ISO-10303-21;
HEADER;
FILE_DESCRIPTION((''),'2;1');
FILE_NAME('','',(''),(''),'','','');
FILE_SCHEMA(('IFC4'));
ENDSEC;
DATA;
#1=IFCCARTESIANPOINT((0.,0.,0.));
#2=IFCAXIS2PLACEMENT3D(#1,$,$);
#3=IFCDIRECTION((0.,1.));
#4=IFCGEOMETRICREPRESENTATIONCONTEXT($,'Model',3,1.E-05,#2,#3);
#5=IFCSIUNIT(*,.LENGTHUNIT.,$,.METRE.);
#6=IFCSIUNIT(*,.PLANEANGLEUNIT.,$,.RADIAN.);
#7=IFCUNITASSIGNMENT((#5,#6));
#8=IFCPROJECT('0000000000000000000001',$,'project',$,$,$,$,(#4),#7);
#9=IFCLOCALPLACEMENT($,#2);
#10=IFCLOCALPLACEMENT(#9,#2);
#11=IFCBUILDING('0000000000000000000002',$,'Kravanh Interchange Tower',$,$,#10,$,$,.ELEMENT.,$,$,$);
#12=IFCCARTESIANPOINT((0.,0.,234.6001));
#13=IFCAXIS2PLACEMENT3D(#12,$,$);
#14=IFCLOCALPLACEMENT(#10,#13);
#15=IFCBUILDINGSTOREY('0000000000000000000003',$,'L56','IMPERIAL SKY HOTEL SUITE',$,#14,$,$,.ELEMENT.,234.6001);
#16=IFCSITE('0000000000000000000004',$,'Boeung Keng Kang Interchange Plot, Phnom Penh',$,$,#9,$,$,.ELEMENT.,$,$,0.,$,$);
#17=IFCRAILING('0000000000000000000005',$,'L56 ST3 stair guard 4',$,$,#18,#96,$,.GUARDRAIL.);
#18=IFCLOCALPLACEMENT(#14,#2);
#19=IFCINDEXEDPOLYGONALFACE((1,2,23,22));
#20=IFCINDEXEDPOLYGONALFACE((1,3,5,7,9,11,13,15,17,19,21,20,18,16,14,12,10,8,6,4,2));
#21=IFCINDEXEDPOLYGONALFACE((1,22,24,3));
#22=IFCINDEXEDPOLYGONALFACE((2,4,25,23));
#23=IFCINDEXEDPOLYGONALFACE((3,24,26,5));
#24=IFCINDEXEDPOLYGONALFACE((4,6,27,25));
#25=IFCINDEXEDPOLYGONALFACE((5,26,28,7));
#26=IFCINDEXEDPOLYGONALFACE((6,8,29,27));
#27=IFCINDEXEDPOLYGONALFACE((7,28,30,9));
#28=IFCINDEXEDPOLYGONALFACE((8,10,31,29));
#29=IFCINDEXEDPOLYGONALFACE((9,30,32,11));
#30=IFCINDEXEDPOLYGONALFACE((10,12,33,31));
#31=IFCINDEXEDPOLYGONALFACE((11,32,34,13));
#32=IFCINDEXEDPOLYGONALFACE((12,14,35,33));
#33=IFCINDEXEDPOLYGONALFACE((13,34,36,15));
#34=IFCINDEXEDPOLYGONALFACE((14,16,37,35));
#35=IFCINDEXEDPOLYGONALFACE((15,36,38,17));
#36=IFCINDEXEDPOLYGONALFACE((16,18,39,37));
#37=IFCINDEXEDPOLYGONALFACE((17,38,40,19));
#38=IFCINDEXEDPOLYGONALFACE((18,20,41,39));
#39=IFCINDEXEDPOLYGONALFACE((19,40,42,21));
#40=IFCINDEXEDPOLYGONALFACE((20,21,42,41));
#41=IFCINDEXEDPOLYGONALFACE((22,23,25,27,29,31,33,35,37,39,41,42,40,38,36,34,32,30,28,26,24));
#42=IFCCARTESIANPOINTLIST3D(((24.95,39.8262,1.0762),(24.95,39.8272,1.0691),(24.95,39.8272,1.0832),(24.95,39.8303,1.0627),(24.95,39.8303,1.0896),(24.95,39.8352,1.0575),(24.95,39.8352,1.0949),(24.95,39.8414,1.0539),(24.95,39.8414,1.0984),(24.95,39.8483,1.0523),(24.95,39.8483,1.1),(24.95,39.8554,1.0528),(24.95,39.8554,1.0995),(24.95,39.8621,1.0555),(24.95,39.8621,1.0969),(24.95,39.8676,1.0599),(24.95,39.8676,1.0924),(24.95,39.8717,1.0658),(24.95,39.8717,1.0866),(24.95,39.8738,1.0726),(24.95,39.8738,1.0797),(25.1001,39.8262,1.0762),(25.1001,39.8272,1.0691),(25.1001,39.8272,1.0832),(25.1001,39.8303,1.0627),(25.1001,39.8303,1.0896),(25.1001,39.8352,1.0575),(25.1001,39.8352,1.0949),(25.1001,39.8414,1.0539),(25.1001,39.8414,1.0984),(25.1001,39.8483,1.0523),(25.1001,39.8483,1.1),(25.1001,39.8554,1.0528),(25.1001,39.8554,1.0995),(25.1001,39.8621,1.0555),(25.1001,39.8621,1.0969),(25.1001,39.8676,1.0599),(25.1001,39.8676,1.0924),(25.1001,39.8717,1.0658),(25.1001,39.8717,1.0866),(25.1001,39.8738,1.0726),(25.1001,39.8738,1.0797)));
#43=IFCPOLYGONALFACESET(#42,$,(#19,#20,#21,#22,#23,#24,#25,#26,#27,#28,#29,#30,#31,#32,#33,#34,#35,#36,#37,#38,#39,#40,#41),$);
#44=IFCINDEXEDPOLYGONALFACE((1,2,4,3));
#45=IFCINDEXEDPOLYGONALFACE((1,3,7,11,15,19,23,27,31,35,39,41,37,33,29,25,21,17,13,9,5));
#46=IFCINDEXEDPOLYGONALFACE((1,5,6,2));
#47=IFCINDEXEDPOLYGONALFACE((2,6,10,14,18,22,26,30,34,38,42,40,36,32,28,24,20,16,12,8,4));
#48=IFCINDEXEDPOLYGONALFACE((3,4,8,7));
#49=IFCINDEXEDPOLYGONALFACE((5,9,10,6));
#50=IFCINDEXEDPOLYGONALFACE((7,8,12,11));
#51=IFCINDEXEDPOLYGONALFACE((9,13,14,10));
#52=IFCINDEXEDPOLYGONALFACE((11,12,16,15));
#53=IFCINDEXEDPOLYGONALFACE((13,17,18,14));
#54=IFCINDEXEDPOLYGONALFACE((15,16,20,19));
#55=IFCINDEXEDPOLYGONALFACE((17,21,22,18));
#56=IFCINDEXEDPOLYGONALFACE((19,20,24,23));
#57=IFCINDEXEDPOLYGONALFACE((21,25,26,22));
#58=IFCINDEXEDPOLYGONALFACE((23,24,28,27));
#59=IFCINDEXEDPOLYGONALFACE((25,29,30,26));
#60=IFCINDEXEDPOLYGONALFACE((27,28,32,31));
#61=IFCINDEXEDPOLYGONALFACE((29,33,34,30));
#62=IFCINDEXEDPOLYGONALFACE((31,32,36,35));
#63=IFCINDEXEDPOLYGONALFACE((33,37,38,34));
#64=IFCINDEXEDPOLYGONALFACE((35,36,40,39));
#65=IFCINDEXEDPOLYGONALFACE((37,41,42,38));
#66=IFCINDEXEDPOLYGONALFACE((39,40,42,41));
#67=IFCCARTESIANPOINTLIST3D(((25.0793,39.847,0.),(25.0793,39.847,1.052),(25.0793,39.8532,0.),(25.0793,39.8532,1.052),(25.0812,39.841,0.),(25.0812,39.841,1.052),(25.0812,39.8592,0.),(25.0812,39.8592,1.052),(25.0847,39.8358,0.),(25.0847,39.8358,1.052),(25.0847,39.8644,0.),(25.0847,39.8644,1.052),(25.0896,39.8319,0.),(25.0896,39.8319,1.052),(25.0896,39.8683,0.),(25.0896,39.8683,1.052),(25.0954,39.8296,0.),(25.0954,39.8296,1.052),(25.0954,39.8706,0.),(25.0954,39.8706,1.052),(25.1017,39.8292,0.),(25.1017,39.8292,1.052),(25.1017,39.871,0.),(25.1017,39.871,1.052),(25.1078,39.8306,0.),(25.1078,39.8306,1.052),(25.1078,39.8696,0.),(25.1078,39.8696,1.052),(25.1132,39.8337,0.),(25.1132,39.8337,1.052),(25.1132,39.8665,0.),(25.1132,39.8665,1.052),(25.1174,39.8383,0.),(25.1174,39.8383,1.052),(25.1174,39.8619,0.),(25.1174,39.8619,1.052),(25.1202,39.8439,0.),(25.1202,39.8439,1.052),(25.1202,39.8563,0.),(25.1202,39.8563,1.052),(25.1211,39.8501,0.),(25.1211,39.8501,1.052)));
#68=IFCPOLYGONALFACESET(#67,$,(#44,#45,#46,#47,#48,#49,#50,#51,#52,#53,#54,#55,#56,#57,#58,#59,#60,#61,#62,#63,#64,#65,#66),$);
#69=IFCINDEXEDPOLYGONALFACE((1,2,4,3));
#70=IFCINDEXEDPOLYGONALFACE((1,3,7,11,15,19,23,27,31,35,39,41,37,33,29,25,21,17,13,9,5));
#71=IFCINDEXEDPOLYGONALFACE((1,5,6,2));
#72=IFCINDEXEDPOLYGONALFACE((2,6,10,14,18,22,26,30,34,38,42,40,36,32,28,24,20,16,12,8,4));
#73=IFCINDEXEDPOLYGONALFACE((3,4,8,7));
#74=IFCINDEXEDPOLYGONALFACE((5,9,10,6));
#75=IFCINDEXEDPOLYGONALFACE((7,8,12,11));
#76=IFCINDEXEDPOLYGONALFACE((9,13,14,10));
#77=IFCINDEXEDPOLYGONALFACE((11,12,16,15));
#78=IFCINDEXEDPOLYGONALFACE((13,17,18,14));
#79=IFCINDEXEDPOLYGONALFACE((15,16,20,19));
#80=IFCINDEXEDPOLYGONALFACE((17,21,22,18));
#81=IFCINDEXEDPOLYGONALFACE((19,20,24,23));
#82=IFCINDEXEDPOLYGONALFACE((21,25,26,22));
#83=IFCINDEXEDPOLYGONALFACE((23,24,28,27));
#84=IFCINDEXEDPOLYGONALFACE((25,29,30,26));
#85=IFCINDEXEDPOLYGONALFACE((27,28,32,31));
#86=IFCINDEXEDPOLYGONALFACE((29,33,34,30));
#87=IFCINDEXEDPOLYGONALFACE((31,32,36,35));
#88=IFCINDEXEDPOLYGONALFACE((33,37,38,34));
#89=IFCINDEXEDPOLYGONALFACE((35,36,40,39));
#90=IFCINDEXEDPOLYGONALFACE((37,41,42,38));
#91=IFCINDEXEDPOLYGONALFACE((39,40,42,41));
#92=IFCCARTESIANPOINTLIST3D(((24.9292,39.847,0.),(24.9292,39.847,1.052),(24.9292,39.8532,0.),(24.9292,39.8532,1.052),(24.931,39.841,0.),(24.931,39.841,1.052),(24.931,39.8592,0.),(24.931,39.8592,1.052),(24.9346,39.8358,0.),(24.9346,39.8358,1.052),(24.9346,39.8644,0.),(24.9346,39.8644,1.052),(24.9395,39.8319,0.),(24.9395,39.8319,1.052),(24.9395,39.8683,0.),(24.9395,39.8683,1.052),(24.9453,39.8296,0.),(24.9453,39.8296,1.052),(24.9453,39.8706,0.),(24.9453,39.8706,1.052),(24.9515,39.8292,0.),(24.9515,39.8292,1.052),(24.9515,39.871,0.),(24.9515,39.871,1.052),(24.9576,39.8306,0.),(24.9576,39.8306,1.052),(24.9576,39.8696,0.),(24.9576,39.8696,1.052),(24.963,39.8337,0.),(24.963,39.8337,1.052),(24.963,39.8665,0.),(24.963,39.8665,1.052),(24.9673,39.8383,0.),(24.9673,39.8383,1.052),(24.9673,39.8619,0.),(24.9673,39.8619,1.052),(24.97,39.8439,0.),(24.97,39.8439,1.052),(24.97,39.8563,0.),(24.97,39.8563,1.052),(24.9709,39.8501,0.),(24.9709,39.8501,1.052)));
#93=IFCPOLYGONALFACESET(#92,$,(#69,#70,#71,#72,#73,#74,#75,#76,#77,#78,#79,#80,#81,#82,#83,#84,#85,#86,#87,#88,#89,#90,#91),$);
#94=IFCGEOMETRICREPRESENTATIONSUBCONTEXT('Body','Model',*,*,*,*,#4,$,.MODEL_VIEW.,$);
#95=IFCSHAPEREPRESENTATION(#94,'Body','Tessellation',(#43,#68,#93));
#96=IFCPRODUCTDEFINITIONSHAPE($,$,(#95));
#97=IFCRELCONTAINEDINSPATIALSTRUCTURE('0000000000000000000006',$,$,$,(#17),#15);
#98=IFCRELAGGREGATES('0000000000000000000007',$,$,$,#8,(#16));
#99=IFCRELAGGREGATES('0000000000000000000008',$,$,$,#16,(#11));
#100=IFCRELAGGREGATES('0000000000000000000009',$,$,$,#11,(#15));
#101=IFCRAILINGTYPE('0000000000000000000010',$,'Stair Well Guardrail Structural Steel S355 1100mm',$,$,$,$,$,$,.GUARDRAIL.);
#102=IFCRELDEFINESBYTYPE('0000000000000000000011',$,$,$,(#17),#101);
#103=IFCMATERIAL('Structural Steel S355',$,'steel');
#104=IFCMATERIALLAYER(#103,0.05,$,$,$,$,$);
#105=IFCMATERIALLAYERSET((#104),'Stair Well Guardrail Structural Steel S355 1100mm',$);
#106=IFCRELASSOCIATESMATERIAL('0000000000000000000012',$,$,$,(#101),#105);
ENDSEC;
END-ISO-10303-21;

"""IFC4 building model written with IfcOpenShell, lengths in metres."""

from ifc_helpers import new_model, si_unit, direction, frame, origin, origin_2d, place, context, subcontext, project, spatial, circle, extrude, material, layer, layer_set, type_object, element, save


model = new_model("IFC4")

# Units and contexts
model_context = context("Model", 3, precision=1e-05, world=origin(), true_north=direction((0.0, 1.0)))
body_context = subcontext(model_context, "Body", "Model", "MODEL_VIEW")
ifc_project = project(units=[si_unit("LENGTHUNIT", "METRE"), si_unit("PLANEANGLEUNIT", "RADIAN")], contexts=[model_context])

# Site, building, storey
site_placement = place(None, origin())
site = spatial("IfcSite", under=ifc_project, at=site_placement, Name="Boeung Keng Kang Interchange Plot, Phnom Penh", CompositionType="ELEMENT", RefElevation=0.0)
building_placement = place(site_placement, origin())
building = spatial("IfcBuilding", under=site, at=building_placement, Name="Kravanh Interchange Tower", CompositionType="ELEMENT")
storey_placement = place(building_placement, frame((0.0, 0.0, 234.6001)))
storey = spatial("IfcBuildingStorey", under=building, at=storey_placement, Name="L56", Description="IMPERIAL SKY HOTEL SUITE", CompositionType="ELEMENT", Elevation=234.6001)

# Railing
ifc_material_1 = material(Name="Structural Steel S355", Category="steel")
ifc_layer_1 = layer(ifc_material_1, 0.05)
ifc_layer_set_1 = layer_set([ifc_layer_1], Name="Stair Well Guardrail Structural Steel S355 1100mm")
railing_type_1 = type_object("IfcRailingType", Name="Stair Well Guardrail Structural Steel S355 1100mm", PredefinedType="GUARDRAIL", material=ifc_layer_set_1)
railing_1_placement = place(storey_placement, frame((25.1001, 39.8501, 0.0)))
element("IfcRailing", 1, at=railing_1_placement, inside=storey, type_object=railing_type_1, Name="L56 ST3 stair guard 4", PredefinedType="GUARDRAIL", context=body_context, shape_type="SweptSolid", body=[
    extrude(circle(Radius=0.0239, at=origin_2d()), frame((0.0, 0.0, 1.0762), z_axis=(-1.0, 0.0, 0.0), x_axis=(0.0, -1.0, 0.0)), (0.0, 0.0, 1.0), 0.1501),
    extrude(circle(Radius=0.021, at=origin_2d()), origin(), (0.0, 0.0, 1.0), 1.052),
    extrude(circle(Radius=0.021, at=origin_2d()), frame((-0.1501, 0.0, 0.0)), (0.0, 0.0, 1.0), 1.052),
])

save(model, "model.ifc")
